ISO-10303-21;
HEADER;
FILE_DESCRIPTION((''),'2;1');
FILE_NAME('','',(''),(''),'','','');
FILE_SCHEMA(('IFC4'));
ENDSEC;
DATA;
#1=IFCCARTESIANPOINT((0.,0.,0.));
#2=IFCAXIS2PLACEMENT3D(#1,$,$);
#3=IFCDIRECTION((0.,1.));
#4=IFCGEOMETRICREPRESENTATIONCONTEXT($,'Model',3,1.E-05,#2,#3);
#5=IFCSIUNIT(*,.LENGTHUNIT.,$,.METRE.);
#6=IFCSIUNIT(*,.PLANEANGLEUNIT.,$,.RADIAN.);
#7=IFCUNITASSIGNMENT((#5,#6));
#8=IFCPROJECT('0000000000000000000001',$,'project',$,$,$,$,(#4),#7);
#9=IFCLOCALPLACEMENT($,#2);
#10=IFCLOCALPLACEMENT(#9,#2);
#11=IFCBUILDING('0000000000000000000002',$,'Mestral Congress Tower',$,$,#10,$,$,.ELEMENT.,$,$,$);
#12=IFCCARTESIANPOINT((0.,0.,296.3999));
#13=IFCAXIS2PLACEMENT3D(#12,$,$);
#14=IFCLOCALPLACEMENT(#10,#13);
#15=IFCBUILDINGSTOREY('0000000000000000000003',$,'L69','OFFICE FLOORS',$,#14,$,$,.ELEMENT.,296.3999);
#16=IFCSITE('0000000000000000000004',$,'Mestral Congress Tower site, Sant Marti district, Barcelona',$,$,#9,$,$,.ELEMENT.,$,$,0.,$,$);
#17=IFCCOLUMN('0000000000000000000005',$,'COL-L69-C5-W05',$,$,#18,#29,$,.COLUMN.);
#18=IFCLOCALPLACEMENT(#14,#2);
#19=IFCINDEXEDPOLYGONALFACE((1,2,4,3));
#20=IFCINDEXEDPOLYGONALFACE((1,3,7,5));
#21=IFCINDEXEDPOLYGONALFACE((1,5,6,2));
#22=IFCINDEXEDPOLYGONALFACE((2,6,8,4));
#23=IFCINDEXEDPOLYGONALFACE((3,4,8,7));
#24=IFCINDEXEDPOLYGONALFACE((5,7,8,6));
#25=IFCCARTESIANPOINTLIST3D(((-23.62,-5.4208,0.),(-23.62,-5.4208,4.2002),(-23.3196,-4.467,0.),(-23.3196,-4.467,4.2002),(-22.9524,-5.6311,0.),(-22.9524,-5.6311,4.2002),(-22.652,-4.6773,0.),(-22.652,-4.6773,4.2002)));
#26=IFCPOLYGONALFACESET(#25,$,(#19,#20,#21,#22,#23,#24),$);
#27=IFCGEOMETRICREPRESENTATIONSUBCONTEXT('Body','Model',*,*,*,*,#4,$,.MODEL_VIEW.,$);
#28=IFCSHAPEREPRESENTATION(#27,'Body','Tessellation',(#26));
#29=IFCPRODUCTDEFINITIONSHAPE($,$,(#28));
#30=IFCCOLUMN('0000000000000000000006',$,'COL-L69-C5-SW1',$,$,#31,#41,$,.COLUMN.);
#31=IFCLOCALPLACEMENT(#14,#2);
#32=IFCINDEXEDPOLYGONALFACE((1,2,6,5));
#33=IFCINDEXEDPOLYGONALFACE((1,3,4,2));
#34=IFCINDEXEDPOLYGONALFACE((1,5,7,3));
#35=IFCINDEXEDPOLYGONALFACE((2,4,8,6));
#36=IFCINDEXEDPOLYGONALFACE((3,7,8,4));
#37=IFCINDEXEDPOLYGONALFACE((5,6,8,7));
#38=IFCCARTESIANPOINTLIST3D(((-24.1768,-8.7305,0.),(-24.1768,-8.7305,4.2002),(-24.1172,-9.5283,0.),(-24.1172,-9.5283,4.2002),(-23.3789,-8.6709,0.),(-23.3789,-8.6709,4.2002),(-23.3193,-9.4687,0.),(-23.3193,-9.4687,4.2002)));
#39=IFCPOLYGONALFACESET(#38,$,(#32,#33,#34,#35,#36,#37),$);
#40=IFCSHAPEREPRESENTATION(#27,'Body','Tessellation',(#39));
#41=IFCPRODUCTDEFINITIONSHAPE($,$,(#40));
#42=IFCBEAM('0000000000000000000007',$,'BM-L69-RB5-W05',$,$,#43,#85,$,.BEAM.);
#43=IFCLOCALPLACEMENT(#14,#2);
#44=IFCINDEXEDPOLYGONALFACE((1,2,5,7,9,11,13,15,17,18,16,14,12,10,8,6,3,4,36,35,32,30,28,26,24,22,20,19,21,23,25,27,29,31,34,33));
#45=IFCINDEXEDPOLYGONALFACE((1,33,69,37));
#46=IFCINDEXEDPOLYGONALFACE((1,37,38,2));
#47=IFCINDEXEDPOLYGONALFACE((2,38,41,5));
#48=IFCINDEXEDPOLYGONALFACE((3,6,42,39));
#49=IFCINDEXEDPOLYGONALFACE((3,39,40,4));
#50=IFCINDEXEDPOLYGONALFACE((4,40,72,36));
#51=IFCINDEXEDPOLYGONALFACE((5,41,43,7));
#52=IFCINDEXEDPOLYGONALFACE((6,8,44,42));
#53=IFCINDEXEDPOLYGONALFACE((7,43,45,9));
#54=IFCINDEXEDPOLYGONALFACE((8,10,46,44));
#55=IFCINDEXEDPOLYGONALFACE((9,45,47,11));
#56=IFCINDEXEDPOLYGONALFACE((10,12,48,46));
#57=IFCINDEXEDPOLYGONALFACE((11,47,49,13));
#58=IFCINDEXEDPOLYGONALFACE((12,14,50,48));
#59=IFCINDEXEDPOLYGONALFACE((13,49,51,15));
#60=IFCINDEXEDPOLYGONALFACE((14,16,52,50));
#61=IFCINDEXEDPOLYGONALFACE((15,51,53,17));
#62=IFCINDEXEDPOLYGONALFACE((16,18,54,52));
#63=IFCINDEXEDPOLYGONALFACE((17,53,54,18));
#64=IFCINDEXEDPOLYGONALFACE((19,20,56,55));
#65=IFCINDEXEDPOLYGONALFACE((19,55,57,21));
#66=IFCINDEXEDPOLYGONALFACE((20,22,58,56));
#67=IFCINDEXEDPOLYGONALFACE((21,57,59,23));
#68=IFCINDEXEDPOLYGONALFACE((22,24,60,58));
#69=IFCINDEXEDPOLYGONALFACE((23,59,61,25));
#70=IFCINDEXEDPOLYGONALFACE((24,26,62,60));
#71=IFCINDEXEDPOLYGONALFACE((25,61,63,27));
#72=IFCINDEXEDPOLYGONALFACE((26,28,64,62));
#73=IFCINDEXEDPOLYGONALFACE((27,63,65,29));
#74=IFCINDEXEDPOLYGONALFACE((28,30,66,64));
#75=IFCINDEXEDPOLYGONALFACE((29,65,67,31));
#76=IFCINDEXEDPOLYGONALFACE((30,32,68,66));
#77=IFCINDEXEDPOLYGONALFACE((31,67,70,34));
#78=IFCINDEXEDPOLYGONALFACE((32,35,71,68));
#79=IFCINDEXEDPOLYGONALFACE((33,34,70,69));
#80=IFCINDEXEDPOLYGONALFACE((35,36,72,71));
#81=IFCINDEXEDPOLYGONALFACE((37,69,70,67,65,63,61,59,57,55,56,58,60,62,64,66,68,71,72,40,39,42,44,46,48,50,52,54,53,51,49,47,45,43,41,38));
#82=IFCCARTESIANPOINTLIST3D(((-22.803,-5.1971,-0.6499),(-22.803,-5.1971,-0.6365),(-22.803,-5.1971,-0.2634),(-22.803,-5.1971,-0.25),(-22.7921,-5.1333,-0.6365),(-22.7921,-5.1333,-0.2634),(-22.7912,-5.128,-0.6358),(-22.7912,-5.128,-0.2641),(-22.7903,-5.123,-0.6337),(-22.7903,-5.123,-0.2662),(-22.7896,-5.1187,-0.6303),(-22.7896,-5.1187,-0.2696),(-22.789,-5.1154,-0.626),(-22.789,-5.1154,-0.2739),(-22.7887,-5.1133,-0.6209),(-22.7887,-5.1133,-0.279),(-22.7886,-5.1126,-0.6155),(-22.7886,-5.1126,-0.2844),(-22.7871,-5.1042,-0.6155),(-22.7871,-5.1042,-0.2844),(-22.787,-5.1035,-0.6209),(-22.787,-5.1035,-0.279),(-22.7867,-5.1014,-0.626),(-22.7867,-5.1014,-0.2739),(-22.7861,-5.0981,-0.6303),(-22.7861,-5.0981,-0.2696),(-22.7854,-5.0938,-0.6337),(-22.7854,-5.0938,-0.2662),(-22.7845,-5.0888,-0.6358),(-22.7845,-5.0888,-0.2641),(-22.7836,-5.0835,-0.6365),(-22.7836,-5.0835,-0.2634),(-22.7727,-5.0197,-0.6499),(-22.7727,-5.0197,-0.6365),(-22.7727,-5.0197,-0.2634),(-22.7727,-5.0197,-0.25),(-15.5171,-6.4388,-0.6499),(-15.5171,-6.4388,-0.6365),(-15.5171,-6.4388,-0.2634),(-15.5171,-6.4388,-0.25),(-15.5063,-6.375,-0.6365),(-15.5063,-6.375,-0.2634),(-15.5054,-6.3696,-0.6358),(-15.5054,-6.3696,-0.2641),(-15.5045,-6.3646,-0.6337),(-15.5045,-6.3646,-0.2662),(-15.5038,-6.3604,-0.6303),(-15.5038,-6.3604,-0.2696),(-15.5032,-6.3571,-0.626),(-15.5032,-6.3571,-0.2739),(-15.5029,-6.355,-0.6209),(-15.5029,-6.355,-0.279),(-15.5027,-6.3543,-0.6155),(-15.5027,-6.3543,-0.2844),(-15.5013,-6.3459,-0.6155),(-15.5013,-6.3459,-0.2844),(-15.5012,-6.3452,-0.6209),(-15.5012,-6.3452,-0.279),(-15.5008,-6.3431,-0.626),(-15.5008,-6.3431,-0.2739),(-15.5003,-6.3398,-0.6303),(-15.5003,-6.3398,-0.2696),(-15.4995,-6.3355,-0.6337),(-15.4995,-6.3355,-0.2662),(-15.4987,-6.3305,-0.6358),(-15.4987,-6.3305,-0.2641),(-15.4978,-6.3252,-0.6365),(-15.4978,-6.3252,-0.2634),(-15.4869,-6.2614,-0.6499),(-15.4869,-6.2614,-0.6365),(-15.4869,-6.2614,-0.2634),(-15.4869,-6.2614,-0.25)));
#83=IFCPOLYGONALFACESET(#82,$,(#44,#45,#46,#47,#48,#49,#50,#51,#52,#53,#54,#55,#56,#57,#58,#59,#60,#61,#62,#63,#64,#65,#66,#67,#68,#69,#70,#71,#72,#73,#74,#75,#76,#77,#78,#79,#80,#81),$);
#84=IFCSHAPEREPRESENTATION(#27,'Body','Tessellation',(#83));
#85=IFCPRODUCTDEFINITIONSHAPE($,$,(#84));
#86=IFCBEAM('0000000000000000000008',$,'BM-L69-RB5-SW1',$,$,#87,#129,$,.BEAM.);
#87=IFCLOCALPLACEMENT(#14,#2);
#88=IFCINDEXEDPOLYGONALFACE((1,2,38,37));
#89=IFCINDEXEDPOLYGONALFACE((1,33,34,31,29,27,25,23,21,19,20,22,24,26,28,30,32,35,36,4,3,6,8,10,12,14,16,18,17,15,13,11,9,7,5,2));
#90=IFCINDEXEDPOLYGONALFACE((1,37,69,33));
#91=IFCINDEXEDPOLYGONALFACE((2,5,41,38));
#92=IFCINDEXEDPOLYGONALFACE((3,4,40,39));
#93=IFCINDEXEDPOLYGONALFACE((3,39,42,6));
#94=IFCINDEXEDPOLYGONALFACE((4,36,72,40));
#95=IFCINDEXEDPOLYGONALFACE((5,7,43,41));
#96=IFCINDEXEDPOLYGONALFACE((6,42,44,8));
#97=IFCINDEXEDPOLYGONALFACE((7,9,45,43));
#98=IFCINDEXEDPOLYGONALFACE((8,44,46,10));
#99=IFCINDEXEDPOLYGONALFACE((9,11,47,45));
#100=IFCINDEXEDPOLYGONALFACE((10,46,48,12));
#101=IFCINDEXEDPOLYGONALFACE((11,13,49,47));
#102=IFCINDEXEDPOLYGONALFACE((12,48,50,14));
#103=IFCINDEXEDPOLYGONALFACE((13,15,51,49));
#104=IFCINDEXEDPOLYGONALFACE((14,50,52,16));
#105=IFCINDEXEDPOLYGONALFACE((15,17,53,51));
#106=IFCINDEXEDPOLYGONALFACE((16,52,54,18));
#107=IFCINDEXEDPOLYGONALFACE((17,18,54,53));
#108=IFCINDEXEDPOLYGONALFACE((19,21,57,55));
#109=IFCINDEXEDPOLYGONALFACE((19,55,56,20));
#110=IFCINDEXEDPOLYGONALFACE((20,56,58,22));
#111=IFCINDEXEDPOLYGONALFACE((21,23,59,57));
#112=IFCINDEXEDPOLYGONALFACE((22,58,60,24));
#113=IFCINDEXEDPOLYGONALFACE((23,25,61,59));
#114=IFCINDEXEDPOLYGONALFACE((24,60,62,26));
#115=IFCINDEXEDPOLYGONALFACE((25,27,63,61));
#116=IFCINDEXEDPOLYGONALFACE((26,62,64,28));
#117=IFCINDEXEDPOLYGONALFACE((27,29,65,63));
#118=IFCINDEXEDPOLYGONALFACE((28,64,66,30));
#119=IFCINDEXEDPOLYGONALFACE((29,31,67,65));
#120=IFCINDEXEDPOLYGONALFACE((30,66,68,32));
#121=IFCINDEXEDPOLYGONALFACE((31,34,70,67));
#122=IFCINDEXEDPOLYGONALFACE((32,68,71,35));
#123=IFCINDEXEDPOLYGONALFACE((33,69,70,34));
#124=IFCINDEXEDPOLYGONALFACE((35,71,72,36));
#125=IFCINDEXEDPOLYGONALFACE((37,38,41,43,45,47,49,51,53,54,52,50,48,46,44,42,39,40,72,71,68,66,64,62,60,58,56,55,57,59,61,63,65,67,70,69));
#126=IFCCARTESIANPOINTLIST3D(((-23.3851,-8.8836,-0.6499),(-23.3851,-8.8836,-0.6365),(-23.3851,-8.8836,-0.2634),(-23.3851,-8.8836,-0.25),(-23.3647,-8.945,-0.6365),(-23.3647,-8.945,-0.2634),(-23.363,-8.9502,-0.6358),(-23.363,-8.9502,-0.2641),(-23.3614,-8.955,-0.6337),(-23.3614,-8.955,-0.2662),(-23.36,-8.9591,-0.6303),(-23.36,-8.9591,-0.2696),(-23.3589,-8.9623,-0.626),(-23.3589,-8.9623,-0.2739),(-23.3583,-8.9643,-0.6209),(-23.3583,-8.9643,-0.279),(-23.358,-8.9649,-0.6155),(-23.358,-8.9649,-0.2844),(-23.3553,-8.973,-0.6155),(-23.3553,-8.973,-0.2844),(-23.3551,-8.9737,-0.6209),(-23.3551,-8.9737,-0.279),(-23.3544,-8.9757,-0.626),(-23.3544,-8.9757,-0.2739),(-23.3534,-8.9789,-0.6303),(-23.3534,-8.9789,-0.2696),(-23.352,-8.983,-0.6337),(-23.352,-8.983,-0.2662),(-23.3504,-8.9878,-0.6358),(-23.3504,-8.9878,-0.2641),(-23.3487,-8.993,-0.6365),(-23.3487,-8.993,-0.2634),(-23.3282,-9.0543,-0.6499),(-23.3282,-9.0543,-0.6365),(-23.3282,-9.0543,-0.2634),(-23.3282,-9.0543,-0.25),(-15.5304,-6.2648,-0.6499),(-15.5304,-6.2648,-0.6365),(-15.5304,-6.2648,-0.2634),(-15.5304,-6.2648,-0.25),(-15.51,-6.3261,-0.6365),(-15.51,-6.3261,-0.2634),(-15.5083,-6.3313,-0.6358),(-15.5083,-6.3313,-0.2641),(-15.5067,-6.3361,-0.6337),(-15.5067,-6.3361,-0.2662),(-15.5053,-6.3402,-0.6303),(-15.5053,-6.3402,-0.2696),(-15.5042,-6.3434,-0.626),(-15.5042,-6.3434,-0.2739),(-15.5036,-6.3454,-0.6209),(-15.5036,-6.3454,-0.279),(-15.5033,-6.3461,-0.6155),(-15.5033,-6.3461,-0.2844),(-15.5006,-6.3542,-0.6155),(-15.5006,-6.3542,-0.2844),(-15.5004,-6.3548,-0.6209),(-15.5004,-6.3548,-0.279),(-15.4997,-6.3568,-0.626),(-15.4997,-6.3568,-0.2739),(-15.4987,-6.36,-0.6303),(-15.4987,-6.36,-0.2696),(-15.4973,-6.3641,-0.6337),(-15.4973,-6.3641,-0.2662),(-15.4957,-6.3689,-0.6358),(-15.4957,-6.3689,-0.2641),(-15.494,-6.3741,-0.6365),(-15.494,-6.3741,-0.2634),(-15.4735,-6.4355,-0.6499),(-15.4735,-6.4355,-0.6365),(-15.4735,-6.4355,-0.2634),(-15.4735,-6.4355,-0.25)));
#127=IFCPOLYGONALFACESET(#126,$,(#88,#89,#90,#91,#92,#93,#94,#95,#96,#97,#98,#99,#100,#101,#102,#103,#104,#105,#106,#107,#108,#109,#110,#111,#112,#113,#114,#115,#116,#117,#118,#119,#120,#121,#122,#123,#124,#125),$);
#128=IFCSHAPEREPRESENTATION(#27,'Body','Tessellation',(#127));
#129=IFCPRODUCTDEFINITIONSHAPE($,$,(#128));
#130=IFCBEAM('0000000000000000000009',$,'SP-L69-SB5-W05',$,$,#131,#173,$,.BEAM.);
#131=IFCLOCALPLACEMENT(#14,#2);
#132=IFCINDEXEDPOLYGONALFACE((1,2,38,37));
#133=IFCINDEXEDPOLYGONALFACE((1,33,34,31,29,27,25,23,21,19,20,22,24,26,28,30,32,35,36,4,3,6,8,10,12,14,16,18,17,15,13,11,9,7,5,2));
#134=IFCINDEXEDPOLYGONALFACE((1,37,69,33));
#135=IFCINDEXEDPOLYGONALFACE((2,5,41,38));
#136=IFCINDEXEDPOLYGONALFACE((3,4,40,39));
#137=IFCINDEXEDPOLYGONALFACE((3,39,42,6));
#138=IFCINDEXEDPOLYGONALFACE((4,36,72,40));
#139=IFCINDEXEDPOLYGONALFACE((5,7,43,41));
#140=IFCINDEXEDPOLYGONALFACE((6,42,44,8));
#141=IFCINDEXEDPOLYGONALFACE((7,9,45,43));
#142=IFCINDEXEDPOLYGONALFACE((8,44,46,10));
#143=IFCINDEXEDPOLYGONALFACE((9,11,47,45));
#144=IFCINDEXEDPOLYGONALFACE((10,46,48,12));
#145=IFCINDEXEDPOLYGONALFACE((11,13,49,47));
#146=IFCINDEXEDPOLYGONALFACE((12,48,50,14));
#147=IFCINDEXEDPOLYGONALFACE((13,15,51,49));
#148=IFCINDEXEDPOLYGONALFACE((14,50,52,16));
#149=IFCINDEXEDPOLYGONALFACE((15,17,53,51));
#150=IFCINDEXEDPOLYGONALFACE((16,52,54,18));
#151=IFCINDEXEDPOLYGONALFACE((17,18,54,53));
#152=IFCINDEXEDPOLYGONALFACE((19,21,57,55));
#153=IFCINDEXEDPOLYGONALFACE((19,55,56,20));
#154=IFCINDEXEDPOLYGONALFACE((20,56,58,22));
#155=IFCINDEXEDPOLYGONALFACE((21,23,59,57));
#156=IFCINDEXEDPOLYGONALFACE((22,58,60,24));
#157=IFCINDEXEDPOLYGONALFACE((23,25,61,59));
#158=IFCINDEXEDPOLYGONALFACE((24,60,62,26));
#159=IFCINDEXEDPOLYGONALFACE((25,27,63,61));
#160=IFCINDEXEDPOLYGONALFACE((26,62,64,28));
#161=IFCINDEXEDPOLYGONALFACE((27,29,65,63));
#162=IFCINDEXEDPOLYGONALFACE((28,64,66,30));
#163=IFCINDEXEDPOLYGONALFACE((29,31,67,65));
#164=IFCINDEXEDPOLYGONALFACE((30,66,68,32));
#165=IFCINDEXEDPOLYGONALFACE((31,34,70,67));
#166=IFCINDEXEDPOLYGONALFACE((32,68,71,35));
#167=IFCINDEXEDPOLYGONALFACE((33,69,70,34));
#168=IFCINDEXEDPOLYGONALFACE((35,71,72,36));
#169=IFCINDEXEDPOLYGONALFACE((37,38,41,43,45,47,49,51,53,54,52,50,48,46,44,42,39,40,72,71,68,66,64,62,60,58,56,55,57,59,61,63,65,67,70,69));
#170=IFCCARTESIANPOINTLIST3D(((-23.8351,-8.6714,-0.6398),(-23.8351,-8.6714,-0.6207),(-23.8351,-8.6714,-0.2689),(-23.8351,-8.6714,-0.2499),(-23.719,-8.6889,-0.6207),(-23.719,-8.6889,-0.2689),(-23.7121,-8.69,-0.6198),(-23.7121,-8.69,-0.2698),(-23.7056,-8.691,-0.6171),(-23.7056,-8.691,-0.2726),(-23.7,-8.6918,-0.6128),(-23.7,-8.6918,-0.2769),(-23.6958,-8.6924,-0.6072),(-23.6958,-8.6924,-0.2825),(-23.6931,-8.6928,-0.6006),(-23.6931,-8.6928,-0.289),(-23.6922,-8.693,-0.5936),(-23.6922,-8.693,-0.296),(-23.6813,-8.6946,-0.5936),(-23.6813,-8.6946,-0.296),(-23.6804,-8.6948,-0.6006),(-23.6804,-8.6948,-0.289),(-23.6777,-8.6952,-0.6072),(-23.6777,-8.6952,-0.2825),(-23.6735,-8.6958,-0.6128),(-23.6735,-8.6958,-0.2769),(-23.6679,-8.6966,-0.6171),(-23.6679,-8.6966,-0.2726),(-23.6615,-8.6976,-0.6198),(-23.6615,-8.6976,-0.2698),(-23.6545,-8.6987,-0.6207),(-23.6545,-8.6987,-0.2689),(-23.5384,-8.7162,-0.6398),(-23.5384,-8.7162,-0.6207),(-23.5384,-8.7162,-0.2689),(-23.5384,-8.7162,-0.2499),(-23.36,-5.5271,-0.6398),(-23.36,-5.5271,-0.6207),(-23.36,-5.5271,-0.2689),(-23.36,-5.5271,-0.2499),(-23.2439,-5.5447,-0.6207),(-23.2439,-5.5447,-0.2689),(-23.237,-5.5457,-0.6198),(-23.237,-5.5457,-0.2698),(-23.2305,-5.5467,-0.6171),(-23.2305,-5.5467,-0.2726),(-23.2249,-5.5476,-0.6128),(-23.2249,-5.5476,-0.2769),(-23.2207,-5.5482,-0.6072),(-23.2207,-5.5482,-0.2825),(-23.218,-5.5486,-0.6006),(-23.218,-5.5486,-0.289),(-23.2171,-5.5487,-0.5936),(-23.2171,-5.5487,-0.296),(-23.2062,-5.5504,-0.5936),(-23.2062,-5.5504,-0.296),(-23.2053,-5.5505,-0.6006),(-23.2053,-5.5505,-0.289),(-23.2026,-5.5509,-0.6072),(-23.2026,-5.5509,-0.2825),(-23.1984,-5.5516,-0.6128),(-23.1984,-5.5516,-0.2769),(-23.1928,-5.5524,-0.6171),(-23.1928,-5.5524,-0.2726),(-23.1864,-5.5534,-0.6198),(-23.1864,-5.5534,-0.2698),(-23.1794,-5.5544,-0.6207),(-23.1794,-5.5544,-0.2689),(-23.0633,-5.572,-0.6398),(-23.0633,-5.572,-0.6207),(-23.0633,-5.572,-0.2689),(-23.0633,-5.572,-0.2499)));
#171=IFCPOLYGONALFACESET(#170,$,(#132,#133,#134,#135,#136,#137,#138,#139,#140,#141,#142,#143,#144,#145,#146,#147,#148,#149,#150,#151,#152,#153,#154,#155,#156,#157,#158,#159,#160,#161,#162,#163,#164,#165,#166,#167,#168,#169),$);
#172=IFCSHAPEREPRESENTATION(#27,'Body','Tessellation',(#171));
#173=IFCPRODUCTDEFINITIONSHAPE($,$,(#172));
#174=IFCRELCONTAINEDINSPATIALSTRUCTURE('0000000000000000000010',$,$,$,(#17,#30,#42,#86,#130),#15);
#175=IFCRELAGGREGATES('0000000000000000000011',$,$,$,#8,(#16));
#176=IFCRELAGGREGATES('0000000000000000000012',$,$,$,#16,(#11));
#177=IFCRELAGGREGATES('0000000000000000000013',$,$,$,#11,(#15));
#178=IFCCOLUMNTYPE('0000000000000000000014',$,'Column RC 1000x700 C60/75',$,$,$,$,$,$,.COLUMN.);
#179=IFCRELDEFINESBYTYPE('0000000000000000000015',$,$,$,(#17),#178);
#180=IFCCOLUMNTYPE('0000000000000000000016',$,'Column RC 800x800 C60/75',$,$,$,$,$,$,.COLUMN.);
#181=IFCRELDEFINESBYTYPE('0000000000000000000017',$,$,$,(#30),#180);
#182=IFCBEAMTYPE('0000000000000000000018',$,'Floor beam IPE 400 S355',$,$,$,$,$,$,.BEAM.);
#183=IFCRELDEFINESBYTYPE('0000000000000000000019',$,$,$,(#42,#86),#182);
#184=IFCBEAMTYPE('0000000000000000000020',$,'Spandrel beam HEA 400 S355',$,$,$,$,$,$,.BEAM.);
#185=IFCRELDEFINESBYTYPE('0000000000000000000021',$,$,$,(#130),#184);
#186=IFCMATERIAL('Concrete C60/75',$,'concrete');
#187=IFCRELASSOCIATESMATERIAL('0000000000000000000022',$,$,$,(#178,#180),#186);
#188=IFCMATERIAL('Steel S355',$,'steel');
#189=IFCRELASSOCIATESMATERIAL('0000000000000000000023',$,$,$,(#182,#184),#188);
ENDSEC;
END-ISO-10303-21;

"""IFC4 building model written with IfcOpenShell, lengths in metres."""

from ifc_helpers import new_model, si_unit, direction, frame, origin, origin_2d, place, context, subcontext, project, spatial, rectangle, i_section, extrude, material, material_profile, profile_set, type_object, element, save


model = new_model("IFC4")

# Units and contexts
model_context = context("Model", 3, precision=1e-05, world=origin(), true_north=direction((0.0, 1.0)))
body_context = subcontext(model_context, "Body", "Model", "MODEL_VIEW")
ifc_project = project(units=[si_unit("LENGTHUNIT", "METRE"), si_unit("PLANEANGLEUNIT", "RADIAN")], contexts=[model_context])

# Site, building, storey
site_placement = place(None, origin())
site = spatial("IfcSite", under=ifc_project, at=site_placement, Name="Mestral Congress Tower site, Sant Marti district, Barcelona", CompositionType="ELEMENT", RefElevation=0.0)
building_placement = place(site_placement, origin())
building = spatial("IfcBuilding", under=site, at=building_placement, Name="Mestral Congress Tower", CompositionType="ELEMENT")
storey_placement = place(building_placement, frame((0.0, 0.0, 296.3999)))
storey = spatial("IfcBuildingStorey", under=building, at=storey_placement, Name="L69", Description="OFFICE FLOORS", CompositionType="ELEMENT", Elevation=296.3999)

# Columns
ifc_material_1 = material(Name="Concrete C60/75", Category="concrete")
ifc_material_profile_1 = material_profile(ifc_material_1, rectangle(XDim=1.0, YDim=0.7, at=origin_2d()), Name="RC 1000x700")
ifc_profile_set_1 = profile_set([ifc_material_profile_1], Name="Concrete C60/75")
column_type_1 = type_object("IfcColumnType", Name="Column RC 1000x700 C60/75", PredefinedType="COLUMN", material=ifc_profile_set_1)
column_1_placement = place(storey_placement, frame((-23.136, -5.0491, 0.0), z_axis=(0.0, 0.0, 1.0), x_axis=(-0.300431, -0.953804, 0.0)))
element("IfcColumn", 1, at=column_1_placement, inside=storey, type_object=column_type_1, Name="COL-L69-C5-W05", PredefinedType="COLUMN", context=body_context, shape_type="SweptSolid", body=[
    extrude(rectangle(XDim=1.0, YDim=0.7, at=origin_2d()), origin(), (0.0, 0.0, 1.0), 4.2002),
])
ifc_material_profile_2 = material_profile(ifc_material_1, rectangle(XDim=0.8, YDim=0.8, at=origin_2d()), Name="RC 800x800")
ifc_profile_set_2 = profile_set([ifc_material_profile_2], Name="Concrete C60/75")
column_type_2 = type_object("IfcColumnType", Name="Column RC 800x800 C60/75", PredefinedType="COLUMN", material=ifc_profile_set_2)
column_2_placement = place(storey_placement, frame((-23.748, -9.0996, 0.0), z_axis=(0.0, 0.0, 1.0), x_axis=(0.074511, -0.99722, 0.0)))
element("IfcColumn", 2, at=column_2_placement, inside=storey, type_object=column_type_2, Name="COL-L69-C5-SW1", PredefinedType="COLUMN", context=body_context, shape_type="SweptSolid", body=[
    extrude(rectangle(XDim=0.8, YDim=0.8, at=origin_2d()), origin(), (0.0, 0.0, 1.0), 4.2002),
])

# Beams
ifc_material_2 = material(Name="Steel S355", Category="steel")
ifc_material_profile_3 = material_profile(ifc_material_2, i_section(OverallWidth=0.1799, OverallDepth=0.3999, WebThickness=0.0085, FlangeThickness=0.0134, FilletRadius=0.021, at=origin_2d()), Name="IPE 400")
ifc_profile_set_3 = profile_set([ifc_material_profile_3], Name="Steel S355")
beam_type_1 = type_object("IfcBeamType", Name="Floor beam IPE 400 S355", PredefinedType="BEAM", material=ifc_profile_set_3)
beam_1_placement = place(storey_placement, frame((-22.7878, -5.1084, -0.45), z_axis=(0.985787, -0.168003, 0.0), x_axis=(0.168003, 0.985787, 0.0)))
element("IfcBeam", 3, at=beam_1_placement, inside=storey, type_object=beam_type_1, Name="BM-L69-RB5-W05", PredefinedType="BEAM", context=body_context, shape_type="SweptSolid", body=[
    extrude(i_section(OverallWidth=0.1799, OverallDepth=0.3999, WebThickness=0.0085, FlangeThickness=0.0134, FilletRadius=0.021, at=origin_2d()), origin(), (0.0, 0.0, 1.0), 7.3909),
])
beam_2_placement = place(storey_placement, frame((-23.3567, -8.969, -0.45), z_axis=(0.94866, 0.316299, 0.0), x_axis=(-0.316299, 0.94866, 0.0)))
element("IfcBeam", 4, at=beam_2_placement, inside=storey, type_object=beam_type_1, Name="BM-L69-RB5-SW1", PredefinedType="BEAM", context=body_context, shape_type="SweptSolid", body=[
    extrude(i_section(OverallWidth=0.1799, OverallDepth=0.3999, WebThickness=0.0085, FlangeThickness=0.0134, FilletRadius=0.021, at=origin_2d()), origin(), (0.0, 0.0, 1.0), 8.2798),
])
ifc_material_profile_4 = material_profile(ifc_material_2, i_section(OverallWidth=0.3, OverallDepth=0.3899, WebThickness=0.011, FlangeThickness=0.019, FilletRadius=0.0271, at=origin_2d()), Name="HEA 400")
ifc_profile_set_4 = profile_set([ifc_material_profile_4], Name="Steel S355")
beam_type_2 = type_object("IfcBeamType", Name="Spandrel beam HEA 400 S355", PredefinedType="BEAM", material=ifc_profile_set_4)
beam_3_placement = place(storey_placement, frame((-23.2117, -5.5496, -0.4448), z_axis=(-0.149403, -0.988776, 0.0), x_axis=(0.988776, -0.149403, 0.0)))
element("IfcBeam", 5, at=beam_3_placement, inside=storey, type_object=beam_type_2, Name="SP-L69-SB5-W05", PredefinedType="BEAM", context=body_context, shape_type="SweptSolid", body=[
    extrude(i_section(OverallWidth=0.3, OverallDepth=0.3899, WebThickness=0.011, FlangeThickness=0.019, FilletRadius=0.0271, at=origin_2d()), origin(), (0.0, 0.0, 1.0), 3.1799),
])

save(model, "model.ifc")
